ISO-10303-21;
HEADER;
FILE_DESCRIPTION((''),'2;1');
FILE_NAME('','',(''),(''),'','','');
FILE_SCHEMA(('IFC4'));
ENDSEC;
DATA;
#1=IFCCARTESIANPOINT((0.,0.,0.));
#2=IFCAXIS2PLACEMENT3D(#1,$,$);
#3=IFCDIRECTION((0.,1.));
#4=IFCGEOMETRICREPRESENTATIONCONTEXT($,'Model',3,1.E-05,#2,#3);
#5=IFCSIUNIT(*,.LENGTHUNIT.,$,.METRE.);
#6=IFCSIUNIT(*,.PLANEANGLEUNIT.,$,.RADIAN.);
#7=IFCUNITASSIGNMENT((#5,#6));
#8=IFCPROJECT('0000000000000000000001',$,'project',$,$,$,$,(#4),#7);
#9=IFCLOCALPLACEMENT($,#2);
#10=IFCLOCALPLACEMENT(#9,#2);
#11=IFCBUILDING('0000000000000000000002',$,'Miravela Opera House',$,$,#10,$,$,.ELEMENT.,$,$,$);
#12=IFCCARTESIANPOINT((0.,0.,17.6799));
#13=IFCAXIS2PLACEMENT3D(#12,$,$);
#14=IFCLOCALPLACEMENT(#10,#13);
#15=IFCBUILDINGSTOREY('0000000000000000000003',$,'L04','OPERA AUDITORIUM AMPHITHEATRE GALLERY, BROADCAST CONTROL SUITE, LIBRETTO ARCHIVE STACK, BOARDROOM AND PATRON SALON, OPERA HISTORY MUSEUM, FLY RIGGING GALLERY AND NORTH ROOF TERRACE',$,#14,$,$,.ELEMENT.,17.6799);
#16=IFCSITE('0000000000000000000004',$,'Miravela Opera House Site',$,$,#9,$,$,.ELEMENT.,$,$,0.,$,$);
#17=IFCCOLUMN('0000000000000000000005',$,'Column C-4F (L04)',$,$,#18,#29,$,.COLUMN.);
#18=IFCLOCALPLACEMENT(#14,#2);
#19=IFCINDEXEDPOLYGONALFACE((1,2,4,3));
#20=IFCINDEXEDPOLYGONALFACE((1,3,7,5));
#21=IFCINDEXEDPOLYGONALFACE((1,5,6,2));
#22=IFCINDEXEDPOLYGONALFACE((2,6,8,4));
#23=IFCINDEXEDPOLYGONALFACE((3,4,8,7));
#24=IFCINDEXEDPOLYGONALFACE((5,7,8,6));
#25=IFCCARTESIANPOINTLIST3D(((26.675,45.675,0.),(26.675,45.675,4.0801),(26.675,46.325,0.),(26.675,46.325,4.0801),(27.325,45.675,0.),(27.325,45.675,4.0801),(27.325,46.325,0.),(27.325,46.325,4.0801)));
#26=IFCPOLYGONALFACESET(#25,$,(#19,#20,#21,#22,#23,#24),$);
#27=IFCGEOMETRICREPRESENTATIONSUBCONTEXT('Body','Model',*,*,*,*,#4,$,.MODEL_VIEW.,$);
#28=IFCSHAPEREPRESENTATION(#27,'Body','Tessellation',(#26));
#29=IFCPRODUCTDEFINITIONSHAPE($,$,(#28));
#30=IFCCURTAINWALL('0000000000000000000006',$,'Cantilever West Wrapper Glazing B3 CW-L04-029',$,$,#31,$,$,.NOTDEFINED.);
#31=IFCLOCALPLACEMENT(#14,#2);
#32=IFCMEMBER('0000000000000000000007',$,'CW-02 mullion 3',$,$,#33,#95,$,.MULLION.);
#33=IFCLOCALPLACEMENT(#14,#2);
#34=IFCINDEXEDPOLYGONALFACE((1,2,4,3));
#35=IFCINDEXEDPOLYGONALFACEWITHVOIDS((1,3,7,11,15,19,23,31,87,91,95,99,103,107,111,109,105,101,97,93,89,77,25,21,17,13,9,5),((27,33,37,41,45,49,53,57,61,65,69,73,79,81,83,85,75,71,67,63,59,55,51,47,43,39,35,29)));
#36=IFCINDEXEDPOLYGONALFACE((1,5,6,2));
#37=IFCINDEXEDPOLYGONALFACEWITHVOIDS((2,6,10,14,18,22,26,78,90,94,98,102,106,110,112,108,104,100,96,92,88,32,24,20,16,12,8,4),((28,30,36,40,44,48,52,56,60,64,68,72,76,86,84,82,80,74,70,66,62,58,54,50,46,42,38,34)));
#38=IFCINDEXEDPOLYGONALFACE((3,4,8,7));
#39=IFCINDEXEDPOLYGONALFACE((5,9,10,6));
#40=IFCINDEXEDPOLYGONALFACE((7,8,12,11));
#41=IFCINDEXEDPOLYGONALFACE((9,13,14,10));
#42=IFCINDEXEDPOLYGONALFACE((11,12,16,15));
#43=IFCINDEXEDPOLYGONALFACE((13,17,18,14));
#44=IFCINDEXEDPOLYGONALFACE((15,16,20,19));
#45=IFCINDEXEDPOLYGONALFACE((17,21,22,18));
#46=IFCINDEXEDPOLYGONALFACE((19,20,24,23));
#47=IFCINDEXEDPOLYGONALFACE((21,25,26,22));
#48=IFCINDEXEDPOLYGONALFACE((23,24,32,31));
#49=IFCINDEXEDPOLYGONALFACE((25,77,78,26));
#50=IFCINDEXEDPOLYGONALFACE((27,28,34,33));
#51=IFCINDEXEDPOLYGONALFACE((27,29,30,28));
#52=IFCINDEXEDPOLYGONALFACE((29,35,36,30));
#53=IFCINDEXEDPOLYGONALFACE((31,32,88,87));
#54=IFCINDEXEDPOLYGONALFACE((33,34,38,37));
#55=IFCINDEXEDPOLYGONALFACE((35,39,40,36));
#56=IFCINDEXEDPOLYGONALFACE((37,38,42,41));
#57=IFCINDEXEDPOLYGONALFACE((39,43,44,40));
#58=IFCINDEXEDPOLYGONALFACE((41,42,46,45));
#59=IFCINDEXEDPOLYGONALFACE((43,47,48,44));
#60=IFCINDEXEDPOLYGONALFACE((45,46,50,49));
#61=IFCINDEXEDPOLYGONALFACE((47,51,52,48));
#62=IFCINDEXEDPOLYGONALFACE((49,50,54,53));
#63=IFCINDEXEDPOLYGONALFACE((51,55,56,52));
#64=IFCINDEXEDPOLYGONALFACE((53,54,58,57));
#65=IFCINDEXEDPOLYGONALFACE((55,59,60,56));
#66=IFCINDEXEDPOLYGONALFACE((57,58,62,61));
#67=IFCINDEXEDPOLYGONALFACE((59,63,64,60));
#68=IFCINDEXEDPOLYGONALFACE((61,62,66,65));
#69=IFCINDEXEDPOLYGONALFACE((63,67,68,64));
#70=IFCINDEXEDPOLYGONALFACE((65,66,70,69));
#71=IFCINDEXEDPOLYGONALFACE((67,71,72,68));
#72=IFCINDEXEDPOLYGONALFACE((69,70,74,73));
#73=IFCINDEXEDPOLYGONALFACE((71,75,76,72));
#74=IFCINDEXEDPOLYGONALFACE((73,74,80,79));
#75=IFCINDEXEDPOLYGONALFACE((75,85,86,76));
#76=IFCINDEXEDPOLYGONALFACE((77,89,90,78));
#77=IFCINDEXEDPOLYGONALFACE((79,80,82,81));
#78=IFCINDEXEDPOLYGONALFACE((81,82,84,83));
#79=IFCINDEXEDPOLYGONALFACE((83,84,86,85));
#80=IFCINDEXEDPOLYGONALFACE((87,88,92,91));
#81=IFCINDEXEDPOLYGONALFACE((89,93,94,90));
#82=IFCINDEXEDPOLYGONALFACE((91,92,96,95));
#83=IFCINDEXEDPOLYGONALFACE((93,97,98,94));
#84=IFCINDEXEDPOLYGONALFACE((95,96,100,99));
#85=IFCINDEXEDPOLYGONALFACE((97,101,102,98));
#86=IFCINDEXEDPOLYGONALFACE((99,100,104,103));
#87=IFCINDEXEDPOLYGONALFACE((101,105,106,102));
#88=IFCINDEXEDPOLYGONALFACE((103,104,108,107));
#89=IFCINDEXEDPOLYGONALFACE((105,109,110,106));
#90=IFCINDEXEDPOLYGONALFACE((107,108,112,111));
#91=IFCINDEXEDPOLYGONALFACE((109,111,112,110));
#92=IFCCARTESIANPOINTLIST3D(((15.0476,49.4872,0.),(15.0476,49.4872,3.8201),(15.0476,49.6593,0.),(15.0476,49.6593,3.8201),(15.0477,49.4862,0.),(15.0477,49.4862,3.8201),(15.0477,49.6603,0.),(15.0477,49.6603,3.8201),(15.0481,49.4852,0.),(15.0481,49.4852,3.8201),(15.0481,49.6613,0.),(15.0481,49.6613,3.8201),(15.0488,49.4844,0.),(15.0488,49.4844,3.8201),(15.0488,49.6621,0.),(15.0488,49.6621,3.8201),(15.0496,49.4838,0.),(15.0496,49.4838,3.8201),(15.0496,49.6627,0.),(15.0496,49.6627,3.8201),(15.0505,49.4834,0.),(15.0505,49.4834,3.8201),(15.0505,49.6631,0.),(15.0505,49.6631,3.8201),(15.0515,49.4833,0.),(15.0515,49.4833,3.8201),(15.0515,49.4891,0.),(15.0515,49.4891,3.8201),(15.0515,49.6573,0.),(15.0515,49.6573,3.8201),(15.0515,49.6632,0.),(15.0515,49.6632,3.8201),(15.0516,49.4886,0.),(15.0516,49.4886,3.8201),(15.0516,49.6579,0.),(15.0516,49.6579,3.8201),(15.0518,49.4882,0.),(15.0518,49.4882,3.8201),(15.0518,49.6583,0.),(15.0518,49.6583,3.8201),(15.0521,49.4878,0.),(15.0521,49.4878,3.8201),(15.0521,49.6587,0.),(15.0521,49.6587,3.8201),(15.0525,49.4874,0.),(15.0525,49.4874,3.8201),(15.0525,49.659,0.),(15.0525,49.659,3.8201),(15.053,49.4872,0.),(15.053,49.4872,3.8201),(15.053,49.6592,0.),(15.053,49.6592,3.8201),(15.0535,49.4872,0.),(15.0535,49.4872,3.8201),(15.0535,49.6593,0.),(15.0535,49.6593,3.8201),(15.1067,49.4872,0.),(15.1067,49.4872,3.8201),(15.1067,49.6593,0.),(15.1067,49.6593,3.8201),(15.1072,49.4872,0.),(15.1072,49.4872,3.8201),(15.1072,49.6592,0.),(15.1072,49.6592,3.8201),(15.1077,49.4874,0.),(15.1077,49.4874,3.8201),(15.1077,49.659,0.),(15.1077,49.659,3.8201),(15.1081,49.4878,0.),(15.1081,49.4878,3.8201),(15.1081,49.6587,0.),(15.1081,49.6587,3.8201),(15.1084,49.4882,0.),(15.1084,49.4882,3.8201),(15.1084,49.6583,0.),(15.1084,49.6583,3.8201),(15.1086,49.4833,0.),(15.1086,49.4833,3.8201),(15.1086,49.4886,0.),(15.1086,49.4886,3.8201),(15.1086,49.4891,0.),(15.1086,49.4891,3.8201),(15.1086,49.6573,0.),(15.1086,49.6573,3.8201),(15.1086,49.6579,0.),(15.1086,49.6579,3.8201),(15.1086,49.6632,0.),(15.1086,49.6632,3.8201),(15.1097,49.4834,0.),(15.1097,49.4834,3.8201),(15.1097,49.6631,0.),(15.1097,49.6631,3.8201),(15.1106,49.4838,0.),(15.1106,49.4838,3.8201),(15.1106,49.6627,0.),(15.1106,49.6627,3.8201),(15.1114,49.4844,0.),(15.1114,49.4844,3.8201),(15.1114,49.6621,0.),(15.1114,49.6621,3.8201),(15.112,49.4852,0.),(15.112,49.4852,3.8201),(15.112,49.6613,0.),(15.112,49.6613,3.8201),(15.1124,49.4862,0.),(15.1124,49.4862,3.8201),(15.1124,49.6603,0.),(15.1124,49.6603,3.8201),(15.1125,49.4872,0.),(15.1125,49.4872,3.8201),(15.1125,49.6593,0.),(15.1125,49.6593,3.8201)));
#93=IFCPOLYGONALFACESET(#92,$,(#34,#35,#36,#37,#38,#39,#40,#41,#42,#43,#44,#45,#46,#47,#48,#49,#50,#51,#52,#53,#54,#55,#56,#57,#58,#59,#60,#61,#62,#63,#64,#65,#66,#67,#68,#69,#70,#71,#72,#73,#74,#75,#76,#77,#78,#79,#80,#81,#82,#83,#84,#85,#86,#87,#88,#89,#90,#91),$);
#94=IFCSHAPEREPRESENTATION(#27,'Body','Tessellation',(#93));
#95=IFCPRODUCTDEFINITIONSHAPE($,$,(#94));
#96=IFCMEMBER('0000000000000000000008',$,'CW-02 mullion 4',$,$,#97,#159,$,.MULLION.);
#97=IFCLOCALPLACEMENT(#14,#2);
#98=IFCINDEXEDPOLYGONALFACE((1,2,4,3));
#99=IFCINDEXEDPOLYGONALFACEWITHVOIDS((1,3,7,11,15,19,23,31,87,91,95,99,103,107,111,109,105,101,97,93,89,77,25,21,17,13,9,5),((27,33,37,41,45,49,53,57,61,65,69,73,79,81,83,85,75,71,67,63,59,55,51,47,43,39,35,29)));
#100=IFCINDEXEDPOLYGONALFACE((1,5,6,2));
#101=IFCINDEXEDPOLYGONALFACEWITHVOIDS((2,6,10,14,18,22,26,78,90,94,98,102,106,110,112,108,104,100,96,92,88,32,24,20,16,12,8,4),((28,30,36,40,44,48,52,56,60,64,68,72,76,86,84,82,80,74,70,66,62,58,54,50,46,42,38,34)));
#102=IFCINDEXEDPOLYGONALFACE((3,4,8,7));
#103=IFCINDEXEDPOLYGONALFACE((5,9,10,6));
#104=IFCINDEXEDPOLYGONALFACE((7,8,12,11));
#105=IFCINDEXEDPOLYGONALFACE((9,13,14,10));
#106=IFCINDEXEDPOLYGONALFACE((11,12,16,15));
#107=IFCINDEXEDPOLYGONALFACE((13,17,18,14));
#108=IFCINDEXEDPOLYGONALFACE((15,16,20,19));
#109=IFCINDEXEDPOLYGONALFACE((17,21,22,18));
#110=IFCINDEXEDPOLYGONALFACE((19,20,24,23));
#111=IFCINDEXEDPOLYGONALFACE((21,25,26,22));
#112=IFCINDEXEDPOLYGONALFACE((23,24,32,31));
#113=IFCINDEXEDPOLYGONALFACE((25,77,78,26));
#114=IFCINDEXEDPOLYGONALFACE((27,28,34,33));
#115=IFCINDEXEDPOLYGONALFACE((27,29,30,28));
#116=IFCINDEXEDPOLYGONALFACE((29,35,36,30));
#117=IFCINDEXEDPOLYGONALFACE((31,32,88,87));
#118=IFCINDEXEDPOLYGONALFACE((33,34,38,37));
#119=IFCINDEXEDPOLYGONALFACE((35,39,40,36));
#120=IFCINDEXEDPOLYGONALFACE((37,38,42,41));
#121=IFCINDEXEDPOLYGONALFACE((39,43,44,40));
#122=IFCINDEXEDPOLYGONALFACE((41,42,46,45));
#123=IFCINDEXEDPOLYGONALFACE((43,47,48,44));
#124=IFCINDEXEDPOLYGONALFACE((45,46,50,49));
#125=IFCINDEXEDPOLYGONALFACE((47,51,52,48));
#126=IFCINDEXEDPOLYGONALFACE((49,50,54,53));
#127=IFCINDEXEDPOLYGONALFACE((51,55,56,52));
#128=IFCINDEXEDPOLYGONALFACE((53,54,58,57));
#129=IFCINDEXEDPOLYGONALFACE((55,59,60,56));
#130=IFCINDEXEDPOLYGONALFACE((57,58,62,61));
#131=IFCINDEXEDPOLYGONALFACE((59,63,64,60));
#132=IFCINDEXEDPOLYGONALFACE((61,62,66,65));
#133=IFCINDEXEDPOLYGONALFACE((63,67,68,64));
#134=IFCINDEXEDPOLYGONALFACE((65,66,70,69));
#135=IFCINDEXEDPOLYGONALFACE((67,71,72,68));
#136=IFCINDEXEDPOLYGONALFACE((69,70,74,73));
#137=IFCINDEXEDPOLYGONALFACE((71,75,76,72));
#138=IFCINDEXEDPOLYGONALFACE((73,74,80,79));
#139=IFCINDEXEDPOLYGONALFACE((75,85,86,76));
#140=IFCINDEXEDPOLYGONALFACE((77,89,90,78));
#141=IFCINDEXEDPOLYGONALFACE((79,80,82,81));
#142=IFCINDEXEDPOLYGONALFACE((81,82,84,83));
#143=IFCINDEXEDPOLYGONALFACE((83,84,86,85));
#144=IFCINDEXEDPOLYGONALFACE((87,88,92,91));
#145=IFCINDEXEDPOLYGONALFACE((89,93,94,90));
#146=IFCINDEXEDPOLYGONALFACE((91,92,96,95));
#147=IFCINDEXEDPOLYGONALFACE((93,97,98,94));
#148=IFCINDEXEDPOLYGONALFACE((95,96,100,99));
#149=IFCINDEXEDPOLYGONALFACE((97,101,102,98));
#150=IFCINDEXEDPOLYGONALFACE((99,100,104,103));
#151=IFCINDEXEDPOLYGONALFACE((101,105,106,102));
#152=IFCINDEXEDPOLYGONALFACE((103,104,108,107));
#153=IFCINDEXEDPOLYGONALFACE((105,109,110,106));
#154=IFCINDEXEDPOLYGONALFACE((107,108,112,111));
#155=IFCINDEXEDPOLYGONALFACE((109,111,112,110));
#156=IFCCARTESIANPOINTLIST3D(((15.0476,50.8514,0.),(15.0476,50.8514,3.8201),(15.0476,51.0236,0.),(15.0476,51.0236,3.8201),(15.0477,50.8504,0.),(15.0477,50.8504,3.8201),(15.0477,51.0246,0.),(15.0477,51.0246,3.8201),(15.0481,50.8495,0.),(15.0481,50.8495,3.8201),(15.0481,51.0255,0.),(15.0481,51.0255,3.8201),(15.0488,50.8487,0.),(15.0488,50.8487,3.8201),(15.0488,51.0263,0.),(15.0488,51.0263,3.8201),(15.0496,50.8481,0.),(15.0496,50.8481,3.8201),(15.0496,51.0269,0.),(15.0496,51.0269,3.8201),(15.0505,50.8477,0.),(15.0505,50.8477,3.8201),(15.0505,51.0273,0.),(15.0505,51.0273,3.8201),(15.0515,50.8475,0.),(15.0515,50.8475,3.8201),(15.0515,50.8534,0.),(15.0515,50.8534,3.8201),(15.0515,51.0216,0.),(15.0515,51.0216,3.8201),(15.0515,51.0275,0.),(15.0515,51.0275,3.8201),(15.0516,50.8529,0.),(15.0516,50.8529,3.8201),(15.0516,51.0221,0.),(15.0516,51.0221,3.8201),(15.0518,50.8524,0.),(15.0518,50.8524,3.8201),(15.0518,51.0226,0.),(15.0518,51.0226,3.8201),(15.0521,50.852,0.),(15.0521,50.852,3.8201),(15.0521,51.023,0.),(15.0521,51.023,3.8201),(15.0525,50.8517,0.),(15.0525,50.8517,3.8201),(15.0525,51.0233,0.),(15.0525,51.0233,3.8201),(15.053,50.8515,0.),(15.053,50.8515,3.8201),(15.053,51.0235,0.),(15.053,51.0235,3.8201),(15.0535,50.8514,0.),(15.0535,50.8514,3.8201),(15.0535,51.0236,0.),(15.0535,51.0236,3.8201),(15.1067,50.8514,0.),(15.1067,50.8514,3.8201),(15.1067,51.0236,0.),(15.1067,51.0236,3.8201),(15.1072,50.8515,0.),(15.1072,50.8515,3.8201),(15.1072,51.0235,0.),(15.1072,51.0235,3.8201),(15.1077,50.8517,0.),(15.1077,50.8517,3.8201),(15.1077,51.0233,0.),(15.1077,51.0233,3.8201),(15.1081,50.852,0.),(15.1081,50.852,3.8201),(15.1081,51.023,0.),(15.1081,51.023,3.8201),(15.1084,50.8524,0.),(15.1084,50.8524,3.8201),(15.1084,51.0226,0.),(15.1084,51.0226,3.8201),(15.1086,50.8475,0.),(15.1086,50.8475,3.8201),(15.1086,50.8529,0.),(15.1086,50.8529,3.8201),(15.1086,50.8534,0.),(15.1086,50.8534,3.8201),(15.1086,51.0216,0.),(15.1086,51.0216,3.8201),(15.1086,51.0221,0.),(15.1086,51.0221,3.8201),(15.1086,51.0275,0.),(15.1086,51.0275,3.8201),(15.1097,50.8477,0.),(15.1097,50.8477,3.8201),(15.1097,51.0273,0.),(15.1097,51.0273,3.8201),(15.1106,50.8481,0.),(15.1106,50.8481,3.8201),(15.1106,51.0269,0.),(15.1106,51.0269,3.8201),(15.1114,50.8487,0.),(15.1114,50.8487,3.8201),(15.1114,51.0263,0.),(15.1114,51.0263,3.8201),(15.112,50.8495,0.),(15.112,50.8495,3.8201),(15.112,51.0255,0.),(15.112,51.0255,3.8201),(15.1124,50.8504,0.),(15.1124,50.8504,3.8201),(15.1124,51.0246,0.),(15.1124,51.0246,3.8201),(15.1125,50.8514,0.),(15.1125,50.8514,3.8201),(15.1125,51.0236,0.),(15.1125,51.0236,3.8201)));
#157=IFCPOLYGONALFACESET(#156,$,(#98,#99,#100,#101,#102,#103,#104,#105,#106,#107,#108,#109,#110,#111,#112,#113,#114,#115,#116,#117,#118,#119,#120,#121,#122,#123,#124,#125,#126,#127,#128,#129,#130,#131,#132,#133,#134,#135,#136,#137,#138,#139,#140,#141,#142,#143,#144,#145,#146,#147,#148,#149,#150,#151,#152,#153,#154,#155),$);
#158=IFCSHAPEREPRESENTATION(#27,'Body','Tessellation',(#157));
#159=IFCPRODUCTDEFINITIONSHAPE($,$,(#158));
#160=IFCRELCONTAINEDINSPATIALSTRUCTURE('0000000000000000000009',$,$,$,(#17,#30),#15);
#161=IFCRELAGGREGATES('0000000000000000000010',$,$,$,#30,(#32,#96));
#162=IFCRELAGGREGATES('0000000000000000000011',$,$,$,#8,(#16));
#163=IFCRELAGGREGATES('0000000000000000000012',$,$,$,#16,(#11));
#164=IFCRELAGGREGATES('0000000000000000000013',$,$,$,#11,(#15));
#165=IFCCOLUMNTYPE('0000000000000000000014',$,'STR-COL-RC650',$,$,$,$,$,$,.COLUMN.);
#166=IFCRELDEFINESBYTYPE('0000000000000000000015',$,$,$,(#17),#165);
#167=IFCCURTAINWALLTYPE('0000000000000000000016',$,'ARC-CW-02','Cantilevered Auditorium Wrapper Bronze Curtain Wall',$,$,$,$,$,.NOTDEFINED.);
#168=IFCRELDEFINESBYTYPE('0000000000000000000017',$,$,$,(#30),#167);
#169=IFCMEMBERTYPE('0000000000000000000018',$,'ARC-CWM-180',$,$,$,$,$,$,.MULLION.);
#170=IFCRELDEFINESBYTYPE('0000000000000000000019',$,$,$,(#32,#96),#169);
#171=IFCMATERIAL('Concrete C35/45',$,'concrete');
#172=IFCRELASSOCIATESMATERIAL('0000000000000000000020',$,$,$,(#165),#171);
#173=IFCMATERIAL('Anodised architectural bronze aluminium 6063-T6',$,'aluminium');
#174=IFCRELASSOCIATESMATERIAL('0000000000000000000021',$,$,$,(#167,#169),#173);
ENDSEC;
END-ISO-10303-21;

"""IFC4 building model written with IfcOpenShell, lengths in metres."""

from ifc_helpers import new_model, si_unit, direction, frame, origin, origin_2d, place, context, subcontext, project, spatial, rectangle, hollow_rectangle, extrude, material, material_profile, profile_set, type_object, element, aggregate, save


model = new_model("IFC4")

# Units and contexts
model_context = context("Model", 3, precision=1e-05, world=origin(), true_north=direction((0.0, 1.0)))
body_context = subcontext(model_context, "Body", "Model", "MODEL_VIEW")
ifc_project = project(units=[si_unit("LENGTHUNIT", "METRE"), si_unit("PLANEANGLEUNIT", "RADIAN")], contexts=[model_context])

# Site, building, storey
site_placement = place(None, origin())
site = spatial("IfcSite", under=ifc_project, at=site_placement, Name="Miravela Opera House Site", CompositionType="ELEMENT", RefElevation=0.0)
building_placement = place(site_placement, origin())
building = spatial("IfcBuilding", under=site, at=building_placement, Name="Miravela Opera House", CompositionType="ELEMENT")
storey_placement = place(building_placement, frame((0.0, 0.0, 17.6799)))
storey = spatial("IfcBuildingStorey", under=building, at=storey_placement, Name="L04", Description="OPERA AUDITORIUM AMPHITHEATRE GALLERY, BROADCAST CONTROL SUITE, LIBRETTO ARCHIVE STACK, BOARDROOM AND PATRON SALON, OPERA HISTORY MUSEUM, FLY RIGGING GALLERY AND NORTH ROOF TERRACE", CompositionType="ELEMENT", Elevation=17.6799)

# Column
ifc_material_1 = material(Name="Concrete C35/45", Category="concrete")
ifc_material_profile_1 = material_profile(ifc_material_1, rectangle(XDim=0.6499, YDim=0.6499, at=origin_2d()), Name="RC-COL-650X650")
ifc_profile_set_1 = profile_set([ifc_material_profile_1])
column_type = type_object("IfcColumnType", Name="STR-COL-RC650", PredefinedType="COLUMN", material=ifc_profile_set_1)
column_placement = place(storey_placement, frame((27.0, 46.0, 0.0), z_axis=(0.0, 0.0, 1.0), x_axis=(1.0, 0.0, 0.0)))
element("IfcColumn", 1, at=column_placement, inside=storey, type_object=column_type, Name="Column C-4F (L04)", PredefinedType="COLUMN", context=body_context, shape_type="SweptSolid", body=[
    extrude(rectangle(XDim=0.6499, YDim=0.6499, at=origin_2d()), origin(), (0.0, 0.0, 1.0), 4.0801),
])

# Curtain wall, members
ifc_material_2 = material(Name="Anodised architectural bronze aluminium 6063-T6", Category="aluminium")
curtain_wall_type = type_object("IfcCurtainWallType", Name="ARC-CW-02", Description="Cantilevered Auditorium Wrapper Bronze Curtain Wall", PredefinedType="NOTDEFINED", material=ifc_material_2)
curtain_wall_1_placement = place(storey_placement, origin())
curtain_wall_1 = element("IfcCurtainWall", 2, at=curtain_wall_1_placement, inside=storey, type_object=curtain_wall_type, Name="Cantilever West Wrapper Glazing B3 CW-L04-029", PredefinedType="NOTDEFINED")
ifc_material_profile_2 = material_profile(ifc_material_2, hollow_rectangle(XDim=0.0649, YDim=0.1799, WallThickness=0.0039, InnerFilletRadius=0.002, OuterFilletRadius=0.0039, at=origin_2d()), Name="CWM-65X180")
ifc_profile_set_2 = profile_set([ifc_material_profile_2])
member_type_1 = type_object("IfcMemberType", Name="ARC-CWM-180", PredefinedType="MULLION", material=ifc_profile_set_2)
member_1_placement = place(storey_placement, frame((15.0801, 49.5732, 0.0), z_axis=(0.0, 0.0, 1.0), x_axis=(-1.0, 0.0, 0.0)))
member_1 = element("IfcMember", 3, at=member_1_placement, type_object=member_type_1, Name="CW-02 mullion 3", PredefinedType="MULLION", context=body_context, shape_type="SweptSolid", body=[
    extrude(hollow_rectangle(XDim=0.0649, YDim=0.1799, WallThickness=0.0039, InnerFilletRadius=0.002, OuterFilletRadius=0.0039, at=origin_2d()), origin(), (0.0, 0.0, 1.0), 3.8201),
])
member_2_placement = place(storey_placement, frame((15.0801, 50.9375, 0.0), z_axis=(0.0, 0.0, 1.0), x_axis=(-1.0, 0.0, 0.0)))
member_2 = element("IfcMember", 4, at=member_2_placement, type_object=member_type_1, Name="CW-02 mullion 4", PredefinedType="MULLION", context=body_context, shape_type="SweptSolid", body=[
    extrude(hollow_rectangle(XDim=0.0649, YDim=0.1799, WallThickness=0.0039, InnerFilletRadius=0.002, OuterFilletRadius=0.0039, at=origin_2d()), origin(), (0.0, 0.0, 1.0), 3.8201),
])

aggregate(curtain_wall_1, [member_1, member_2])

save(model, "model.ifc")
